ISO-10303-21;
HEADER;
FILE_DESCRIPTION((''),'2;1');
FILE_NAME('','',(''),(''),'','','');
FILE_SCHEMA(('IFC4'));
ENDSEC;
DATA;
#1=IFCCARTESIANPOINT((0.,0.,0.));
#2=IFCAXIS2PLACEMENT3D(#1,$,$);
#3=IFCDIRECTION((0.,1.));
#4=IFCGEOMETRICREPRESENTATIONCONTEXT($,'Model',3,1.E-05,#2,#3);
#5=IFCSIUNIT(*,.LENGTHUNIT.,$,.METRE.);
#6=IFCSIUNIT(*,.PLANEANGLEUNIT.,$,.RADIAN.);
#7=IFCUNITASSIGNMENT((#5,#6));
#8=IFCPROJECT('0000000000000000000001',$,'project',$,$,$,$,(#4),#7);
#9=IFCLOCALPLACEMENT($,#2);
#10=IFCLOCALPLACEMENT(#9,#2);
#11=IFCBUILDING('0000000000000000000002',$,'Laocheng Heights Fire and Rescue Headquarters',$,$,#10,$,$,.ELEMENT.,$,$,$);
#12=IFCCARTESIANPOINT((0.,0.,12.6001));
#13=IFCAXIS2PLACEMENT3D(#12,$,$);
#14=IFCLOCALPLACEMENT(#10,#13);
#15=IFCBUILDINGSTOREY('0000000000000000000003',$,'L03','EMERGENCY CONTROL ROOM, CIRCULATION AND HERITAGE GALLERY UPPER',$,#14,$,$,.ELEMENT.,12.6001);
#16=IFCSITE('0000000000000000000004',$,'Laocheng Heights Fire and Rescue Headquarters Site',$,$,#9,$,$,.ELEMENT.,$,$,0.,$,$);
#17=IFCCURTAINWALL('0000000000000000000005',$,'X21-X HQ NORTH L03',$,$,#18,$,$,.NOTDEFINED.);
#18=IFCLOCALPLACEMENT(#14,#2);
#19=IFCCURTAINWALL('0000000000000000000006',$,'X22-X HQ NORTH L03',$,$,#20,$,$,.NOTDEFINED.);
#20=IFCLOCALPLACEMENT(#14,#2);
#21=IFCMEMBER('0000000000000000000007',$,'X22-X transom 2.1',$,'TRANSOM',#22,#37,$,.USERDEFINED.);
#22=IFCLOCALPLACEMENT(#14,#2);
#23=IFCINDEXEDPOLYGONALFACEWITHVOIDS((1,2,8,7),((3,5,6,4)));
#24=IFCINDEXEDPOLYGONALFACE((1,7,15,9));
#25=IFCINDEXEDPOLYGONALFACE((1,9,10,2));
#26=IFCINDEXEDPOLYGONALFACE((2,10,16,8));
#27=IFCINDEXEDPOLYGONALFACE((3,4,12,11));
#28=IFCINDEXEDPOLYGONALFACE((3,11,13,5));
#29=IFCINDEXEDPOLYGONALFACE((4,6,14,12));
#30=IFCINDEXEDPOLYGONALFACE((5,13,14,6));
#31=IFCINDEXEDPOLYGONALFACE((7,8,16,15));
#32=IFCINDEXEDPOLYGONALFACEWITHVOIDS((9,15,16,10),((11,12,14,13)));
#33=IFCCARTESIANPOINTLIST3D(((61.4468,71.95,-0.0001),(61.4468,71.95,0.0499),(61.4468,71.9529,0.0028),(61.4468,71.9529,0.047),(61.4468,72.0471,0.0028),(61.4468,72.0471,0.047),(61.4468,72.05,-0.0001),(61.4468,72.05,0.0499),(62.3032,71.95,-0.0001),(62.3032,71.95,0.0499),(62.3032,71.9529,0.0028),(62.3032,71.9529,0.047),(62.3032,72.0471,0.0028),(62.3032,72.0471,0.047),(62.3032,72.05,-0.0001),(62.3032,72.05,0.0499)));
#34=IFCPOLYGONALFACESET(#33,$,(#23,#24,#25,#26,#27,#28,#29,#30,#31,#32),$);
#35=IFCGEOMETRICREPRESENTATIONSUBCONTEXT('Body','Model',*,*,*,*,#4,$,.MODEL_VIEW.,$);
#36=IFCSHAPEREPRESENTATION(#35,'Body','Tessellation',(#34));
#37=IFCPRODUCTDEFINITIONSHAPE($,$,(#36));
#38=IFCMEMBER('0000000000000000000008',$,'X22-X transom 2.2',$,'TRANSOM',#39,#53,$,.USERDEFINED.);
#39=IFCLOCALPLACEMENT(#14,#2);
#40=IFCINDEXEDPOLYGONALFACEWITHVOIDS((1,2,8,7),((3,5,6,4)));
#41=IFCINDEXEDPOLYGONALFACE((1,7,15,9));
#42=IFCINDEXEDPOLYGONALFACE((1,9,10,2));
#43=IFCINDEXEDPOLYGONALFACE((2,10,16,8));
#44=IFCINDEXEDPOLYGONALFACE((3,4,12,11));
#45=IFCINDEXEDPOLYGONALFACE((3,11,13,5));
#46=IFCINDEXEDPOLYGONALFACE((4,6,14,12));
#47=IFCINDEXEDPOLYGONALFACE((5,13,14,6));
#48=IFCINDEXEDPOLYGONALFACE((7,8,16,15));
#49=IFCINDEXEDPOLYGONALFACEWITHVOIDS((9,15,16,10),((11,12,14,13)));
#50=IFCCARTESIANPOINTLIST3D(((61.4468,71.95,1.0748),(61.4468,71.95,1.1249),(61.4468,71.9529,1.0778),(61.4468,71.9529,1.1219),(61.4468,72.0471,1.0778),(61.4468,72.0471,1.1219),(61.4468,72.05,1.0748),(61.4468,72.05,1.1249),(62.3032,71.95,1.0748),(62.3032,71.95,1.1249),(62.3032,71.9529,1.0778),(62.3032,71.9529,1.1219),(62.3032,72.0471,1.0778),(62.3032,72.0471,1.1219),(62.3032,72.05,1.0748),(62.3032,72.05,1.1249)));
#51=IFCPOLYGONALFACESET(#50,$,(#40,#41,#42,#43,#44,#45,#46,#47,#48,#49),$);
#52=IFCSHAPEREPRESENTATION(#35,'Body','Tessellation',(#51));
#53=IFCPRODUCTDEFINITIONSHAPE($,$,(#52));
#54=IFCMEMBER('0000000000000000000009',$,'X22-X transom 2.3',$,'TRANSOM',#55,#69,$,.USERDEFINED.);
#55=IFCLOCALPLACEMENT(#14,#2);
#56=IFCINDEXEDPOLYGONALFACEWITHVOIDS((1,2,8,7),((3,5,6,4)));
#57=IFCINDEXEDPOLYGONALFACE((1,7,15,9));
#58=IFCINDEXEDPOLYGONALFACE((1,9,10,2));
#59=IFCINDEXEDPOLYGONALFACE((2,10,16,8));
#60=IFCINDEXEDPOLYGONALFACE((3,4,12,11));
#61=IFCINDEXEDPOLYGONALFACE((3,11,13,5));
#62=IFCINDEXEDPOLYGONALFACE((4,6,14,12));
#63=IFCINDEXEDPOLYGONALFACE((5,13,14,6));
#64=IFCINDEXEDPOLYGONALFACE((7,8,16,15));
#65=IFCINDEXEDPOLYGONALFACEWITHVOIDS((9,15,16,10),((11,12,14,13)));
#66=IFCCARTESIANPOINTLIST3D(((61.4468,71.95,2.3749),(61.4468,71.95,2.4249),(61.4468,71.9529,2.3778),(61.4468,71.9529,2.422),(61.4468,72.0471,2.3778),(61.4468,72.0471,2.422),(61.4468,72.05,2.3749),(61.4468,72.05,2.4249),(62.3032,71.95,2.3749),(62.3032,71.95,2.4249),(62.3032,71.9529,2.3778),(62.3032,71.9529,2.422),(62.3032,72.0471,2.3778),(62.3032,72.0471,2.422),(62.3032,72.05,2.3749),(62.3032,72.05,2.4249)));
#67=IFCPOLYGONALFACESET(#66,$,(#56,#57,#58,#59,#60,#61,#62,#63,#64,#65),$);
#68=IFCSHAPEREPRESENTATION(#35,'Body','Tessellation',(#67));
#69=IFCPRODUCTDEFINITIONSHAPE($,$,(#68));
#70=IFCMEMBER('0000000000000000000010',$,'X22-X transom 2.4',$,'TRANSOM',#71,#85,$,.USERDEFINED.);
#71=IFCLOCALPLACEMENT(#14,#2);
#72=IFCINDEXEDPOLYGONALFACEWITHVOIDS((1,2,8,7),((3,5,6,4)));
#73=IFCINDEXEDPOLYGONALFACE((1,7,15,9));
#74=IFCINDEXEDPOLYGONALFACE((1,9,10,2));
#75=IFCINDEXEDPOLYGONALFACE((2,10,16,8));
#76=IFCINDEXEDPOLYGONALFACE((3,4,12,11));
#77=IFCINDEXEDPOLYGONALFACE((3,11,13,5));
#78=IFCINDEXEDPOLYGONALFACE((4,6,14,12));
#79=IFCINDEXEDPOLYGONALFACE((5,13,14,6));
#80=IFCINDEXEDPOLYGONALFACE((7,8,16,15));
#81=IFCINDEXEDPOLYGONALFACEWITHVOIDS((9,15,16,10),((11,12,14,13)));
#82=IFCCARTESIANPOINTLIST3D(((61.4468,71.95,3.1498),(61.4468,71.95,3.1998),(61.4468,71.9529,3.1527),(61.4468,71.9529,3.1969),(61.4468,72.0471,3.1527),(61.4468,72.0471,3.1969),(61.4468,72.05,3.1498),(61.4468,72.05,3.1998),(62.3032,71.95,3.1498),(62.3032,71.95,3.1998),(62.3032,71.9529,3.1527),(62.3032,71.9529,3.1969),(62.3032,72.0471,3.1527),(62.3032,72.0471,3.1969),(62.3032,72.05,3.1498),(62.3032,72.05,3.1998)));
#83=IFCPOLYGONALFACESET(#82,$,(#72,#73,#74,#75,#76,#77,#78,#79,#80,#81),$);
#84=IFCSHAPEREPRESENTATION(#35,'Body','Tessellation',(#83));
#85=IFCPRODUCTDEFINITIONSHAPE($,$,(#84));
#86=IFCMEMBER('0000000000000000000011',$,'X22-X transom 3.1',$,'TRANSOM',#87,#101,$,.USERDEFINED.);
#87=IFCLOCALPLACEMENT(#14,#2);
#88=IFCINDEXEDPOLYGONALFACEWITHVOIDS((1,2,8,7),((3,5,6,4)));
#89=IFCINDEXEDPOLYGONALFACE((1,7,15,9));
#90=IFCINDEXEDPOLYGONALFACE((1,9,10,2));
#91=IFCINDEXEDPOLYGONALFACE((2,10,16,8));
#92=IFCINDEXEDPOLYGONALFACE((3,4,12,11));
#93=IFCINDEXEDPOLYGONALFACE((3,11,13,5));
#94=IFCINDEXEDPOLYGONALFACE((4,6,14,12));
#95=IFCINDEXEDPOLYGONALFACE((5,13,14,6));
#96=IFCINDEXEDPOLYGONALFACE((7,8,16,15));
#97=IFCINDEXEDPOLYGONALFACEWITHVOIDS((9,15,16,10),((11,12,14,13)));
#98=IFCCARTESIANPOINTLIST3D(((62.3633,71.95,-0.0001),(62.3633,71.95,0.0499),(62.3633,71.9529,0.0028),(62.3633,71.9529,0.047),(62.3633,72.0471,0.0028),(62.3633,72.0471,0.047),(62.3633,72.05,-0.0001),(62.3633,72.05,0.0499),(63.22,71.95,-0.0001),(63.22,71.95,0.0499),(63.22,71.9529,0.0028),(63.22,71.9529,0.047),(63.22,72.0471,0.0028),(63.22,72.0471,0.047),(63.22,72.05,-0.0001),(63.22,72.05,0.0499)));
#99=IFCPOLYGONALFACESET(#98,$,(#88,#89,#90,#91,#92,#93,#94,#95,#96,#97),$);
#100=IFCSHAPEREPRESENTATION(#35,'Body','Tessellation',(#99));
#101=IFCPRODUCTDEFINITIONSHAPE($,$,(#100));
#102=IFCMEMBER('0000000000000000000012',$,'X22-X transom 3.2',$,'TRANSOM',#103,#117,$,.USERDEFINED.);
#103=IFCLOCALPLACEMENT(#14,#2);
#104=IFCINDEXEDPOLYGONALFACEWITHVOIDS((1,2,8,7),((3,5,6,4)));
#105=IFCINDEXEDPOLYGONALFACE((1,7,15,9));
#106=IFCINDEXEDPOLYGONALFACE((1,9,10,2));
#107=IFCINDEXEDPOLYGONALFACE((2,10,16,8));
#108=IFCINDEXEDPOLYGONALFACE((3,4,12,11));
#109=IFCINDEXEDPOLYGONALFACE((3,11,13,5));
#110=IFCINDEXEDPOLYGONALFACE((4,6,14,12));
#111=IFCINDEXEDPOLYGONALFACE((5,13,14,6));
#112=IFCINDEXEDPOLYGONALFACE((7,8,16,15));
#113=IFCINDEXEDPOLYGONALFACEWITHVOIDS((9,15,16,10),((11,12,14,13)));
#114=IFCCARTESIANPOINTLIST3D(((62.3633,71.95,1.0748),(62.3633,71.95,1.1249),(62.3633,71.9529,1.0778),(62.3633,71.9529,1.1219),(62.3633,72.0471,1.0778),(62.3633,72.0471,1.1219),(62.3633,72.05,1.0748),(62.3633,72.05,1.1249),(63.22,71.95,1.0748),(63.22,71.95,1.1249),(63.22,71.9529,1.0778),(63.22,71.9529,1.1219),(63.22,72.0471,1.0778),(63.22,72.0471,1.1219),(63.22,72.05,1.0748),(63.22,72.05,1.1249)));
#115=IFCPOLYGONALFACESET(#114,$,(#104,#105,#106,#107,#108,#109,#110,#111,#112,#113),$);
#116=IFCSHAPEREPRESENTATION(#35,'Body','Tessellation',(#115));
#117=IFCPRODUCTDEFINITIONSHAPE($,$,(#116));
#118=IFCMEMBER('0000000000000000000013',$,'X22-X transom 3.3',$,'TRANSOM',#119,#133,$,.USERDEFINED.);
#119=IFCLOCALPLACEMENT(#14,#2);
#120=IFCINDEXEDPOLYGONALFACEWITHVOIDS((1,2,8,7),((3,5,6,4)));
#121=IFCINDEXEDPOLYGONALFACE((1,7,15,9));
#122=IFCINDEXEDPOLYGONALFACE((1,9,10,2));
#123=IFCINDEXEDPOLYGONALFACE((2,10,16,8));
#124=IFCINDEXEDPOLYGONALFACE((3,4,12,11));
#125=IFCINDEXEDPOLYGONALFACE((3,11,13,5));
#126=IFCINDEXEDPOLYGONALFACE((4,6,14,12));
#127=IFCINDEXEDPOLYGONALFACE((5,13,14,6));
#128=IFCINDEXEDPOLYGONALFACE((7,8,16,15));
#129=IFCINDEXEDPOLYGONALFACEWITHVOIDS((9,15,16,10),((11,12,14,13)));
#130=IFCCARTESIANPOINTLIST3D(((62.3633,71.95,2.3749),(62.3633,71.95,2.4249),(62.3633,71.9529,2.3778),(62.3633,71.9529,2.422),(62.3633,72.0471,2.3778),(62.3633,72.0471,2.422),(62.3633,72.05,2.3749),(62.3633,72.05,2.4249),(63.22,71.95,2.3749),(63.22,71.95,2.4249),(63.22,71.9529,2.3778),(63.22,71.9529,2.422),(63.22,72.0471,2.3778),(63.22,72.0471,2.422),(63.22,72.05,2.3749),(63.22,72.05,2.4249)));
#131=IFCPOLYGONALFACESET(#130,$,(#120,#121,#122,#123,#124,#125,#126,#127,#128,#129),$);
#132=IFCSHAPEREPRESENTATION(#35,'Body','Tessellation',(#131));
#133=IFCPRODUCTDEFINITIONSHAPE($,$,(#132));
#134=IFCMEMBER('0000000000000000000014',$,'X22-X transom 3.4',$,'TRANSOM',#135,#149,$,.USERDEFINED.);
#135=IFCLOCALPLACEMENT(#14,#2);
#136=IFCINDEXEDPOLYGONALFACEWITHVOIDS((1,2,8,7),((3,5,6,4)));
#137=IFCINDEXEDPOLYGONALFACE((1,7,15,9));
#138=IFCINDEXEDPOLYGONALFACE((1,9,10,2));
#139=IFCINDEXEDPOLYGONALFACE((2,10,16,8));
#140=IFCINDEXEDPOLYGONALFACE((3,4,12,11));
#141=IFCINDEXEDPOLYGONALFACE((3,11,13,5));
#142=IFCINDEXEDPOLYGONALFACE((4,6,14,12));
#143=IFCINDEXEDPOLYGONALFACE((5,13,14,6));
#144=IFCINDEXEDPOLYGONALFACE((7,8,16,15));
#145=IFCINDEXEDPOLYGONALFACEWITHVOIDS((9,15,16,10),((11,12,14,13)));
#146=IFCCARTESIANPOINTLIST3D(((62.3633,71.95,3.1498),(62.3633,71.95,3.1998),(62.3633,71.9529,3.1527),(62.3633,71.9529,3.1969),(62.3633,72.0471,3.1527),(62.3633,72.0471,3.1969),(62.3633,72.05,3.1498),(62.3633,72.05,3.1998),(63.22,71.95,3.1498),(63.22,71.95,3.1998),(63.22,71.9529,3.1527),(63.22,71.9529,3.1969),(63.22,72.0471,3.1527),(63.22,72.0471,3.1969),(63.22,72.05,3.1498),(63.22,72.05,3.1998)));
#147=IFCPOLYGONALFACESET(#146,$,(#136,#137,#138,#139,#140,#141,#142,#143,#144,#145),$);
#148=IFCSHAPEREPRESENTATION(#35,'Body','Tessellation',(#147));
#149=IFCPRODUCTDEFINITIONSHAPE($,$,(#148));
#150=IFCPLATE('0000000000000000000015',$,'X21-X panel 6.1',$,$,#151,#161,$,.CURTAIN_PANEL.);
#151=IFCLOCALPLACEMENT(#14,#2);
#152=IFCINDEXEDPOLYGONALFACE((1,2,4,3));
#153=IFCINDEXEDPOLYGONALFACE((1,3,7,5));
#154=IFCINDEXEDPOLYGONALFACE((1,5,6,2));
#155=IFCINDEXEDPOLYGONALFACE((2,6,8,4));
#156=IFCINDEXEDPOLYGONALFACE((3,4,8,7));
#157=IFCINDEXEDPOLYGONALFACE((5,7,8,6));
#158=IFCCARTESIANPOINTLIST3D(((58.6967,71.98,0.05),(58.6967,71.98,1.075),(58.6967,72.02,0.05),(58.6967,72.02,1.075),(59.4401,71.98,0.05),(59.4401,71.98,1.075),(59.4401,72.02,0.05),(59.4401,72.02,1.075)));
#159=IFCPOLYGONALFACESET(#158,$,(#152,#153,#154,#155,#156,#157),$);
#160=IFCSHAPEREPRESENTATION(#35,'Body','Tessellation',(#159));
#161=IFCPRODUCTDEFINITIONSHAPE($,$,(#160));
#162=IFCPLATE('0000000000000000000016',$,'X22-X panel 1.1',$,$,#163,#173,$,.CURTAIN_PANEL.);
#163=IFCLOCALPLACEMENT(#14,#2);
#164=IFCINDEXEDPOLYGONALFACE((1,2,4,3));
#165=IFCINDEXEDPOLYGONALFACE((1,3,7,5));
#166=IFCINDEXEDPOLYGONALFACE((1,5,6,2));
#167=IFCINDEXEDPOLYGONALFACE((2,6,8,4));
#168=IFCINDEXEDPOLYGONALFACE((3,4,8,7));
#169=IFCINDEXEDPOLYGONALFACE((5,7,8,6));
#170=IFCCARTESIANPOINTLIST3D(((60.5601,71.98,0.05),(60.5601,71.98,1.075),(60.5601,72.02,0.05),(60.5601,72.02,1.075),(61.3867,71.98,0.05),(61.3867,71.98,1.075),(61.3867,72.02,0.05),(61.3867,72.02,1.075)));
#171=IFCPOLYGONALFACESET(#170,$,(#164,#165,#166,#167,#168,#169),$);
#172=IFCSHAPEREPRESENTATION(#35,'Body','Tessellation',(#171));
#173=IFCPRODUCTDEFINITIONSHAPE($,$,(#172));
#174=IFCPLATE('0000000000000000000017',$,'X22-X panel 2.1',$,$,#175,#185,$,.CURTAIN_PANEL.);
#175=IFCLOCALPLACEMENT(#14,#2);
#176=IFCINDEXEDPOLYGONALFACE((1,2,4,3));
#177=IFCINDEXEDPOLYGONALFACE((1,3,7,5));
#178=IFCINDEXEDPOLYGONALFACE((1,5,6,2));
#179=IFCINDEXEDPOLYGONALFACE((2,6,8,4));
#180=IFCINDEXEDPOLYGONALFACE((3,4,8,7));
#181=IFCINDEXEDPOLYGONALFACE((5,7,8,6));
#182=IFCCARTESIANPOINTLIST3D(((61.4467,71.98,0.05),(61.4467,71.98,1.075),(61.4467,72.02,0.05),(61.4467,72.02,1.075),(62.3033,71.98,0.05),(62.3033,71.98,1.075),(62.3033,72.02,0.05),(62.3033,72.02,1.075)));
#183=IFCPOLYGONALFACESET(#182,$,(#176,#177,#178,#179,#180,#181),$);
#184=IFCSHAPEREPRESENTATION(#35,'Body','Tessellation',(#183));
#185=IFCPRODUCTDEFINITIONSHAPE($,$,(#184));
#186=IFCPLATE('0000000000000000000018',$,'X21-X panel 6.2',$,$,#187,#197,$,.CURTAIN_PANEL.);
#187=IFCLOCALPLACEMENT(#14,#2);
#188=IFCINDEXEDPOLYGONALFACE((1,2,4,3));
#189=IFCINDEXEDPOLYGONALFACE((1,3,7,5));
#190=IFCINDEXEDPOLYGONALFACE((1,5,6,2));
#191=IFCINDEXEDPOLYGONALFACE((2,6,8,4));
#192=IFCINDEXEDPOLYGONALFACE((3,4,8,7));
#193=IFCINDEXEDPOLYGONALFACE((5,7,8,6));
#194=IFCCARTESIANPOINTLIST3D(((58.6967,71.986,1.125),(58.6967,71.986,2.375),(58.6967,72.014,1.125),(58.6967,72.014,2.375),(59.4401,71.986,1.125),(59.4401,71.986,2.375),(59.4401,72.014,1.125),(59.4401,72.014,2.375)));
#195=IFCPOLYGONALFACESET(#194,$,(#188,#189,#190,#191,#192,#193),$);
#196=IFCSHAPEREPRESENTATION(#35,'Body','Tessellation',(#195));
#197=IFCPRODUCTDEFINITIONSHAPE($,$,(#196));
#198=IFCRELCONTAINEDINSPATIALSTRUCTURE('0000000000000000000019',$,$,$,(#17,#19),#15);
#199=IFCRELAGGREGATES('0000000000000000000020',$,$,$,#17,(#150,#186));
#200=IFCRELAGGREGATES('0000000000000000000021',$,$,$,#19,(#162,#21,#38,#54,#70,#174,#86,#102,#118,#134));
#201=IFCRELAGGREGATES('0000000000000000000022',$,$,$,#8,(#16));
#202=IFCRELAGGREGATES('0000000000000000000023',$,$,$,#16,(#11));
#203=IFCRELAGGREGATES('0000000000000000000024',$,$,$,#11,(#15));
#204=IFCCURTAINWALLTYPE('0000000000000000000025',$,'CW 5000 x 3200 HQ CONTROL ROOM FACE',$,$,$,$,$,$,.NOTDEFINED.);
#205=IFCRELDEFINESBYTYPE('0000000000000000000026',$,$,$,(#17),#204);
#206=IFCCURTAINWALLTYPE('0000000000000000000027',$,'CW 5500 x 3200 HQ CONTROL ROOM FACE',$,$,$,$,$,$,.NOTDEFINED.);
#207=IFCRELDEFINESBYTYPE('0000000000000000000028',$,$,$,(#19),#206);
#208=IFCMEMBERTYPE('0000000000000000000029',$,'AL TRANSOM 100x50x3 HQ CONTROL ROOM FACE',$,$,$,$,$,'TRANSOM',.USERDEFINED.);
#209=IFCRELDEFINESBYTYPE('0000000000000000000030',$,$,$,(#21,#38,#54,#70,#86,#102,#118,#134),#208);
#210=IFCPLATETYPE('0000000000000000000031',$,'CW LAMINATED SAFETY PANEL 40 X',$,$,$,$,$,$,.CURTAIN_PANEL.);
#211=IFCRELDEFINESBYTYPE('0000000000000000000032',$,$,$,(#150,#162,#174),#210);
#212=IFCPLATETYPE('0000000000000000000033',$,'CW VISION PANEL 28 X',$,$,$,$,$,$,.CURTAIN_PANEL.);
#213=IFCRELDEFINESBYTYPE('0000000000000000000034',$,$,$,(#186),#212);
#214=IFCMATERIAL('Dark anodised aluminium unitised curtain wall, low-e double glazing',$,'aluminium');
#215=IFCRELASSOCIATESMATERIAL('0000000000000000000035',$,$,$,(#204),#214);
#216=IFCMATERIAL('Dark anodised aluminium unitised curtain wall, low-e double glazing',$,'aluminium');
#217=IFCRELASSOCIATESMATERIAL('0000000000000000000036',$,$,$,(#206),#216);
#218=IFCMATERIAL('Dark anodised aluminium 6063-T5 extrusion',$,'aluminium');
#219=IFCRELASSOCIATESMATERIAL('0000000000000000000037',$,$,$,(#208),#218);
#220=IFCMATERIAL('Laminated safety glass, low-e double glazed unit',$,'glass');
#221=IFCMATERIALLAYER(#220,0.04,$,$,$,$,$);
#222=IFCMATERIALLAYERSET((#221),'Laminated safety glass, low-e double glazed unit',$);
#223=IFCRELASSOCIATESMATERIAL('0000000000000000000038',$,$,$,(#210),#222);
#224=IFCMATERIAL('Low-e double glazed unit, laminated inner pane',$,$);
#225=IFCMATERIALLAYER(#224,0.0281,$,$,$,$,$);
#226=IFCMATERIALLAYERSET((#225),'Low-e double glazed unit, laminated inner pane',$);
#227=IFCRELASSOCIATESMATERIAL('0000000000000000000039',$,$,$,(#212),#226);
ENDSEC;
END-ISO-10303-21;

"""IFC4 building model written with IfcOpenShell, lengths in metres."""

from ifc_helpers import new_model, si_unit, direction, frame, origin, origin_2d, place, context, subcontext, project, spatial, rectangle, hollow_rectangle, extrude, material, layer, layer_set, material_profile, profile_set, type_object, element, aggregate, save


model = new_model("IFC4")

# Units and contexts
model_context = context("Model", 3, precision=1e-05, world=origin(), true_north=direction((0.0, 1.0)))
body_context = subcontext(model_context, "Body", "Model", "MODEL_VIEW")
ifc_project = project(units=[si_unit("LENGTHUNIT", "METRE"), si_unit("PLANEANGLEUNIT", "RADIAN")], contexts=[model_context])

# Site, building, storey
site_placement = place(None, origin())
site = spatial("IfcSite", under=ifc_project, at=site_placement, Name="Laocheng Heights Fire and Rescue Headquarters Site", CompositionType="ELEMENT", RefElevation=0.0)
building_placement = place(site_placement, origin())
building = spatial("IfcBuilding", under=site, at=building_placement, Name="Laocheng Heights Fire and Rescue Headquarters", CompositionType="ELEMENT")
storey_placement = place(building_placement, frame((0.0, 0.0, 12.6001)))
storey = spatial("IfcBuildingStorey", under=building, at=storey_placement, Name="L03", Description="EMERGENCY CONTROL ROOM, CIRCULATION AND HERITAGE GALLERY UPPER", CompositionType="ELEMENT", Elevation=12.6001)

# Curtain wall
ifc_material_1 = material(Name="Dark anodised aluminium unitised curtain wall, low-e double glazing", Category="aluminium")
curtain_wall_type_1 = type_object("IfcCurtainWallType", Name="CW 5000 x 3200 HQ CONTROL ROOM FACE", PredefinedType="NOTDEFINED", material=ifc_material_1)
curtain_wall_1_placement = place(storey_placement, origin())
curtain_wall_1 = element("IfcCurtainWall", 1, at=curtain_wall_1_placement, inside=storey, type_object=curtain_wall_type_1, Name="X21-X HQ NORTH L03", PredefinedType="NOTDEFINED")

# Curtain wall
ifc_material_2 = material(Name="Dark anodised aluminium unitised curtain wall, low-e double glazing", Category="aluminium")
curtain_wall_type_2 = type_object("IfcCurtainWallType", Name="CW 5500 x 3200 HQ CONTROL ROOM FACE", PredefinedType="NOTDEFINED", material=ifc_material_2)
curtain_wall_2_placement = place(storey_placement, origin())
curtain_wall_2 = element("IfcCurtainWall", 2, at=curtain_wall_2_placement, inside=storey, type_object=curtain_wall_type_2, Name="X22-X HQ NORTH L03", PredefinedType="NOTDEFINED")

# Members
ifc_material_3 = material(Name="Dark anodised aluminium 6063-T5 extrusion", Category="aluminium")
ifc_material_profile_1 = material_profile(ifc_material_3, hollow_rectangle(XDim=0.1001, YDim=0.05, WallThickness=0.0029, at=origin_2d()), Name="AL TRANSOM 100x50x3 HQ CONTROL ROOM FACE")
ifc_profile_set_1 = profile_set([ifc_material_profile_1], Name="Dark anodised aluminium 6063-T5 extrusion")
member_type_1 = type_object("IfcMemberType", Name="AL TRANSOM 100x50x3 HQ CONTROL ROOM FACE", ElementType="TRANSOM", PredefinedType="USERDEFINED", material=ifc_profile_set_1)
member_1_placement = place(storey_placement, frame((61.4468, 72.0, 0.0249), z_axis=(1.0, 0.0, 0.0), x_axis=(0.0, 1.0, 0.0)))
member_1 = element("IfcMember", 3, at=member_1_placement, type_object=member_type_1, Name="X22-X transom 2.1", ObjectType="TRANSOM", PredefinedType="USERDEFINED", context=body_context, shape_type="SweptSolid", body=[
    extrude(hollow_rectangle(XDim=0.1001, YDim=0.05, WallThickness=0.0029, at=origin_2d()), origin(), (0.0, 0.0, 1.0), 0.8564),
])
member_2_placement = place(storey_placement, frame((61.4468, 72.0, 1.0999), z_axis=(1.0, 0.0, 0.0), x_axis=(0.0, 1.0, 0.0)))
member_2 = element("IfcMember", 4, at=member_2_placement, type_object=member_type_1, Name="X22-X transom 2.2", ObjectType="TRANSOM", PredefinedType="USERDEFINED", context=body_context, shape_type="SweptSolid", body=[
    extrude(hollow_rectangle(XDim=0.1001, YDim=0.05, WallThickness=0.0029, at=origin_2d()), origin(), (0.0, 0.0, 1.0), 0.8564),
])
member_3_placement = place(storey_placement, frame((61.4468, 72.0, 2.3999), z_axis=(1.0, 0.0, 0.0), x_axis=(0.0, 1.0, 0.0)))
member_3 = element("IfcMember", 5, at=member_3_placement, type_object=member_type_1, Name="X22-X transom 2.3", ObjectType="TRANSOM", PredefinedType="USERDEFINED", context=body_context, shape_type="SweptSolid", body=[
    extrude(hollow_rectangle(XDim=0.1001, YDim=0.05, WallThickness=0.0029, at=origin_2d()), origin(), (0.0, 0.0, 1.0), 0.8564),
])
member_4_placement = place(storey_placement, frame((61.4468, 72.0, 3.1748), z_axis=(1.0, 0.0, 0.0), x_axis=(0.0, 1.0, 0.0)))
member_4 = element("IfcMember", 6, at=member_4_placement, type_object=member_type_1, Name="X22-X transom 2.4", ObjectType="TRANSOM", PredefinedType="USERDEFINED", context=body_context, shape_type="SweptSolid", body=[
    extrude(hollow_rectangle(XDim=0.1001, YDim=0.05, WallThickness=0.0029, at=origin_2d()), origin(), (0.0, 0.0, 1.0), 0.8564),
])
member_5_placement = place(storey_placement, frame((62.3633, 72.0, 0.0249), z_axis=(1.0, 0.0, 0.0), x_axis=(0.0, 1.0, 0.0)))
member_5 = element("IfcMember", 7, at=member_5_placement, type_object=member_type_1, Name="X22-X transom 3.1", ObjectType="TRANSOM", PredefinedType="USERDEFINED", context=body_context, shape_type="SweptSolid", body=[
    extrude(hollow_rectangle(XDim=0.1001, YDim=0.05, WallThickness=0.0029, at=origin_2d()), origin(), (0.0, 0.0, 1.0), 0.8567),
])
member_6_placement = place(storey_placement, frame((62.3633, 72.0, 1.0999), z_axis=(1.0, 0.0, 0.0), x_axis=(0.0, 1.0, 0.0)))
member_6 = element("IfcMember", 8, at=member_6_placement, type_object=member_type_1, Name="X22-X transom 3.2", ObjectType="TRANSOM", PredefinedType="USERDEFINED", context=body_context, shape_type="SweptSolid", body=[
    extrude(hollow_rectangle(XDim=0.1001, YDim=0.05, WallThickness=0.0029, at=origin_2d()), origin(), (0.0, 0.0, 1.0), 0.8567),
])
member_7_placement = place(storey_placement, frame((62.3633, 72.0, 2.3999), z_axis=(1.0, 0.0, 0.0), x_axis=(0.0, 1.0, 0.0)))
member_7 = element("IfcMember", 9, at=member_7_placement, type_object=member_type_1, Name="X22-X transom 3.3", ObjectType="TRANSOM", PredefinedType="USERDEFINED", context=body_context, shape_type="SweptSolid", body=[
    extrude(hollow_rectangle(XDim=0.1001, YDim=0.05, WallThickness=0.0029, at=origin_2d()), origin(), (0.0, 0.0, 1.0), 0.8567),
])
member_8_placement = place(storey_placement, frame((62.3633, 72.0, 3.1748), z_axis=(1.0, 0.0, 0.0), x_axis=(0.0, 1.0, 0.0)))
member_8 = element("IfcMember", 10, at=member_8_placement, type_object=member_type_1, Name="X22-X transom 3.4", ObjectType="TRANSOM", PredefinedType="USERDEFINED", context=body_context, shape_type="SweptSolid", body=[
    extrude(hollow_rectangle(XDim=0.1001, YDim=0.05, WallThickness=0.0029, at=origin_2d()), origin(), (0.0, 0.0, 1.0), 0.8567),
])

# Plates
ifc_material_4 = material(Name="Laminated safety glass, low-e double glazed unit", Category="glass")
ifc_layer_1 = layer(ifc_material_4, 0.04)
ifc_layer_set_1 = layer_set([ifc_layer_1], Name="Laminated safety glass, low-e double glazed unit")
plate_type_1 = type_object("IfcPlateType", Name="CW LAMINATED SAFETY PANEL 40 X", PredefinedType="CURTAIN_PANEL", material=ifc_layer_set_1)
plate_1_placement = place(storey_placement, frame((59.0684, 72.0, 0.05), z_axis=(0.0, 0.0, 1.0), x_axis=(1.0, 0.0, 0.0)))
plate_1 = element("IfcPlate", 11, at=plate_1_placement, type_object=plate_type_1, Name="X21-X panel 6.1", PredefinedType="CURTAIN_PANEL", context=body_context, shape_type="SweptSolid", body=[
    extrude(rectangle(XDim=0.7434, YDim=0.04, at=origin_2d()), origin(), (0.0, 0.0, 1.0), 1.0249),
])
plate_2_placement = place(storey_placement, frame((60.9734, 72.0, 0.05), z_axis=(0.0, 0.0, 1.0), x_axis=(1.0, 0.0, 0.0)))
plate_2 = element("IfcPlate", 12, at=plate_2_placement, type_object=plate_type_1, Name="X22-X panel 1.1", PredefinedType="CURTAIN_PANEL", context=body_context, shape_type="SweptSolid", body=[
    extrude(rectangle(XDim=0.8267, YDim=0.04, at=origin_2d()), origin(), (0.0, 0.0, 1.0), 1.0249),
])
plate_3_placement = place(storey_placement, frame((61.875, 72.0, 0.05), z_axis=(0.0, 0.0, 1.0), x_axis=(1.0, 0.0, 0.0)))
plate_3 = element("IfcPlate", 13, at=plate_3_placement, type_object=plate_type_1, Name="X22-X panel 2.1", PredefinedType="CURTAIN_PANEL", context=body_context, shape_type="SweptSolid", body=[
    extrude(rectangle(XDim=0.8567, YDim=0.04, at=origin_2d()), origin(), (0.0, 0.0, 1.0), 1.0249),
])
ifc_material_5 = material(Name="Low-e double glazed unit, laminated inner pane")
ifc_layer_2 = layer(ifc_material_5, 0.0281)
ifc_layer_set_2 = layer_set([ifc_layer_2], Name="Low-e double glazed unit, laminated inner pane")
plate_type_2 = type_object("IfcPlateType", Name="CW VISION PANEL 28 X", PredefinedType="CURTAIN_PANEL", material=ifc_layer_set_2)
plate_4_placement = place(storey_placement, frame((59.0684, 72.0, 1.125), z_axis=(0.0, 0.0, 1.0), x_axis=(1.0, 0.0, 0.0)))
plate_4 = element("IfcPlate", 14, at=plate_4_placement, type_object=plate_type_2, Name="X21-X panel 6.2", PredefinedType="CURTAIN_PANEL", context=body_context, shape_type="SweptSolid", body=[
    extrude(rectangle(XDim=0.7434, YDim=0.0281, at=origin_2d()), origin(), (0.0, 0.0, 1.0), 1.25),
])
aggregate(curtain_wall_1, [plate_1, plate_4])
aggregate(curtain_wall_2, [plate_2, member_1, member_2, member_3, member_4, plate_3, member_5, member_6, member_7, member_8])

save(model, "model.ifc")
